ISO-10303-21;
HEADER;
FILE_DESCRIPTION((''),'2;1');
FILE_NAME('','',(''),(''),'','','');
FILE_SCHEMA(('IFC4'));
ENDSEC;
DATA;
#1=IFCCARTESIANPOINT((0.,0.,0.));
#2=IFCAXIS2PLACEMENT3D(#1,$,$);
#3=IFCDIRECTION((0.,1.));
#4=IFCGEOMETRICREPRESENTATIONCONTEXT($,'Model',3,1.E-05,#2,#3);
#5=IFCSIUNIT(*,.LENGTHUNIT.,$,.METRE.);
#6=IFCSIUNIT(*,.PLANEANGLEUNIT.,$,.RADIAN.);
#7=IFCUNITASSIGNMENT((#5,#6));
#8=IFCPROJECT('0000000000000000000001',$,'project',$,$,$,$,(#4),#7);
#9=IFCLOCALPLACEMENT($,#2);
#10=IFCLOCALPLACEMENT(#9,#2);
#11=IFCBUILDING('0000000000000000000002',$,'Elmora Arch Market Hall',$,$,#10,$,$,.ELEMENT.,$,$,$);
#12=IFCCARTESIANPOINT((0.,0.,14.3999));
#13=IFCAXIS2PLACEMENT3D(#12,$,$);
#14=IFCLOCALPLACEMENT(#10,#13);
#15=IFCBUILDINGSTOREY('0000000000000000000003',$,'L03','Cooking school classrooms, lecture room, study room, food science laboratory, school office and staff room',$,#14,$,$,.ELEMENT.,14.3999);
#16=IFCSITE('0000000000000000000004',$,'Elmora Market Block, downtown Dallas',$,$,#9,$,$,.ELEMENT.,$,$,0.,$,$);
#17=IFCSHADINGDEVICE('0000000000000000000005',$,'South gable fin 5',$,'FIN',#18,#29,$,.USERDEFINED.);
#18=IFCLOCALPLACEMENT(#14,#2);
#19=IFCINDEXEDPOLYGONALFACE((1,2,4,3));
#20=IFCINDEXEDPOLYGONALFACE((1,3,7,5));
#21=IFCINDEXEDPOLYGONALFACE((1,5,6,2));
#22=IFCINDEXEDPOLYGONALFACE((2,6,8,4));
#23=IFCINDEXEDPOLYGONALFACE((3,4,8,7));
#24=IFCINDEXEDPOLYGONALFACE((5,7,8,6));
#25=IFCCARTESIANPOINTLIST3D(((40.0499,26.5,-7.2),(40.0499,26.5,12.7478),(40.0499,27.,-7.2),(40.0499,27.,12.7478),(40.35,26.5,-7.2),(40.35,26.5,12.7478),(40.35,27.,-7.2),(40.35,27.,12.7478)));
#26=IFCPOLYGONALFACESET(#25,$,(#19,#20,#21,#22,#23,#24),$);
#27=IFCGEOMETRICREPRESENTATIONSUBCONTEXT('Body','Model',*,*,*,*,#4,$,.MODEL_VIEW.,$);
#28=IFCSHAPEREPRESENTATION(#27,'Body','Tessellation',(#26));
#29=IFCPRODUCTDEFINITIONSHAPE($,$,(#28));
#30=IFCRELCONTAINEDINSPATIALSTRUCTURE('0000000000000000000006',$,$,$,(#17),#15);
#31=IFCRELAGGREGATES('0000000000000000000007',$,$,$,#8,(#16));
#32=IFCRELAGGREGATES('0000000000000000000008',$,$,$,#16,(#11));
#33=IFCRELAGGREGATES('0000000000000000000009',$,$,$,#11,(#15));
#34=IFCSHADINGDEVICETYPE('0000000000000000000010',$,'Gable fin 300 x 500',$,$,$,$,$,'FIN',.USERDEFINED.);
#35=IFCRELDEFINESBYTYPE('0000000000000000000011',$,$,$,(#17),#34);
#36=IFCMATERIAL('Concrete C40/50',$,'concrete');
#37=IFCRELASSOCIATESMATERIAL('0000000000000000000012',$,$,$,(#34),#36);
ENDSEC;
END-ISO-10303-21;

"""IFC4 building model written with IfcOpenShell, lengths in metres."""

from ifc_helpers import new_model, si_unit, direction, frame, origin, origin_2d, place, context, subcontext, project, spatial, rectangle, extrude, material, type_object, element, save


model = new_model("IFC4")

# Units and contexts
model_context = context("Model", 3, precision=1e-05, world=origin(), true_north=direction((0.0, 1.0)))
body_context = subcontext(model_context, "Body", "Model", "MODEL_VIEW")
ifc_project = project(units=[si_unit("LENGTHUNIT", "METRE"), si_unit("PLANEANGLEUNIT", "RADIAN")], contexts=[model_context])

# Site, building, storey
site_placement = place(None, origin())
site = spatial("IfcSite", under=ifc_project, at=site_placement, Name="Elmora Market Block, downtown Dallas", CompositionType="ELEMENT", RefElevation=0.0)
building_placement = place(site_placement, origin())
building = spatial("IfcBuilding", under=site, at=building_placement, Name="Elmora Arch Market Hall", CompositionType="ELEMENT")
storey_placement = place(building_placement, frame((0.0, 0.0, 14.3999)))
storey = spatial("IfcBuildingStorey", under=building, at=storey_placement, Name="L03", Description="Cooking school classrooms, lecture room, study room, food science laboratory, school office and staff room", CompositionType="ELEMENT", Elevation=14.3999)

# Shading device
ifc_material_1 = material(Name="Concrete C40/50", Category="concrete")
shading_device_type_1 = type_object("IfcShadingDeviceType", Name="Gable fin 300 x 500", ElementType="FIN", PredefinedType="USERDEFINED", material=ifc_material_1)
shading_device_placement = place(storey_placement, frame((40.2, 26.75, -7.2), z_axis=(0.0, 0.0, 1.0), x_axis=(1.0, 0.0, 0.0)))
element("IfcShadingDevice", 1, at=shading_device_placement, inside=storey, type_object=shading_device_type_1, Name="South gable fin 5", ObjectType="FIN", PredefinedType="USERDEFINED", context=body_context, shape_type="SweptSolid", body=[
    extrude(rectangle(XDim=0.3, YDim=0.5, at=origin_2d()), origin(), (0.0, 0.0, 1.0), 19.9478),
])

save(model, "model.ifc")
